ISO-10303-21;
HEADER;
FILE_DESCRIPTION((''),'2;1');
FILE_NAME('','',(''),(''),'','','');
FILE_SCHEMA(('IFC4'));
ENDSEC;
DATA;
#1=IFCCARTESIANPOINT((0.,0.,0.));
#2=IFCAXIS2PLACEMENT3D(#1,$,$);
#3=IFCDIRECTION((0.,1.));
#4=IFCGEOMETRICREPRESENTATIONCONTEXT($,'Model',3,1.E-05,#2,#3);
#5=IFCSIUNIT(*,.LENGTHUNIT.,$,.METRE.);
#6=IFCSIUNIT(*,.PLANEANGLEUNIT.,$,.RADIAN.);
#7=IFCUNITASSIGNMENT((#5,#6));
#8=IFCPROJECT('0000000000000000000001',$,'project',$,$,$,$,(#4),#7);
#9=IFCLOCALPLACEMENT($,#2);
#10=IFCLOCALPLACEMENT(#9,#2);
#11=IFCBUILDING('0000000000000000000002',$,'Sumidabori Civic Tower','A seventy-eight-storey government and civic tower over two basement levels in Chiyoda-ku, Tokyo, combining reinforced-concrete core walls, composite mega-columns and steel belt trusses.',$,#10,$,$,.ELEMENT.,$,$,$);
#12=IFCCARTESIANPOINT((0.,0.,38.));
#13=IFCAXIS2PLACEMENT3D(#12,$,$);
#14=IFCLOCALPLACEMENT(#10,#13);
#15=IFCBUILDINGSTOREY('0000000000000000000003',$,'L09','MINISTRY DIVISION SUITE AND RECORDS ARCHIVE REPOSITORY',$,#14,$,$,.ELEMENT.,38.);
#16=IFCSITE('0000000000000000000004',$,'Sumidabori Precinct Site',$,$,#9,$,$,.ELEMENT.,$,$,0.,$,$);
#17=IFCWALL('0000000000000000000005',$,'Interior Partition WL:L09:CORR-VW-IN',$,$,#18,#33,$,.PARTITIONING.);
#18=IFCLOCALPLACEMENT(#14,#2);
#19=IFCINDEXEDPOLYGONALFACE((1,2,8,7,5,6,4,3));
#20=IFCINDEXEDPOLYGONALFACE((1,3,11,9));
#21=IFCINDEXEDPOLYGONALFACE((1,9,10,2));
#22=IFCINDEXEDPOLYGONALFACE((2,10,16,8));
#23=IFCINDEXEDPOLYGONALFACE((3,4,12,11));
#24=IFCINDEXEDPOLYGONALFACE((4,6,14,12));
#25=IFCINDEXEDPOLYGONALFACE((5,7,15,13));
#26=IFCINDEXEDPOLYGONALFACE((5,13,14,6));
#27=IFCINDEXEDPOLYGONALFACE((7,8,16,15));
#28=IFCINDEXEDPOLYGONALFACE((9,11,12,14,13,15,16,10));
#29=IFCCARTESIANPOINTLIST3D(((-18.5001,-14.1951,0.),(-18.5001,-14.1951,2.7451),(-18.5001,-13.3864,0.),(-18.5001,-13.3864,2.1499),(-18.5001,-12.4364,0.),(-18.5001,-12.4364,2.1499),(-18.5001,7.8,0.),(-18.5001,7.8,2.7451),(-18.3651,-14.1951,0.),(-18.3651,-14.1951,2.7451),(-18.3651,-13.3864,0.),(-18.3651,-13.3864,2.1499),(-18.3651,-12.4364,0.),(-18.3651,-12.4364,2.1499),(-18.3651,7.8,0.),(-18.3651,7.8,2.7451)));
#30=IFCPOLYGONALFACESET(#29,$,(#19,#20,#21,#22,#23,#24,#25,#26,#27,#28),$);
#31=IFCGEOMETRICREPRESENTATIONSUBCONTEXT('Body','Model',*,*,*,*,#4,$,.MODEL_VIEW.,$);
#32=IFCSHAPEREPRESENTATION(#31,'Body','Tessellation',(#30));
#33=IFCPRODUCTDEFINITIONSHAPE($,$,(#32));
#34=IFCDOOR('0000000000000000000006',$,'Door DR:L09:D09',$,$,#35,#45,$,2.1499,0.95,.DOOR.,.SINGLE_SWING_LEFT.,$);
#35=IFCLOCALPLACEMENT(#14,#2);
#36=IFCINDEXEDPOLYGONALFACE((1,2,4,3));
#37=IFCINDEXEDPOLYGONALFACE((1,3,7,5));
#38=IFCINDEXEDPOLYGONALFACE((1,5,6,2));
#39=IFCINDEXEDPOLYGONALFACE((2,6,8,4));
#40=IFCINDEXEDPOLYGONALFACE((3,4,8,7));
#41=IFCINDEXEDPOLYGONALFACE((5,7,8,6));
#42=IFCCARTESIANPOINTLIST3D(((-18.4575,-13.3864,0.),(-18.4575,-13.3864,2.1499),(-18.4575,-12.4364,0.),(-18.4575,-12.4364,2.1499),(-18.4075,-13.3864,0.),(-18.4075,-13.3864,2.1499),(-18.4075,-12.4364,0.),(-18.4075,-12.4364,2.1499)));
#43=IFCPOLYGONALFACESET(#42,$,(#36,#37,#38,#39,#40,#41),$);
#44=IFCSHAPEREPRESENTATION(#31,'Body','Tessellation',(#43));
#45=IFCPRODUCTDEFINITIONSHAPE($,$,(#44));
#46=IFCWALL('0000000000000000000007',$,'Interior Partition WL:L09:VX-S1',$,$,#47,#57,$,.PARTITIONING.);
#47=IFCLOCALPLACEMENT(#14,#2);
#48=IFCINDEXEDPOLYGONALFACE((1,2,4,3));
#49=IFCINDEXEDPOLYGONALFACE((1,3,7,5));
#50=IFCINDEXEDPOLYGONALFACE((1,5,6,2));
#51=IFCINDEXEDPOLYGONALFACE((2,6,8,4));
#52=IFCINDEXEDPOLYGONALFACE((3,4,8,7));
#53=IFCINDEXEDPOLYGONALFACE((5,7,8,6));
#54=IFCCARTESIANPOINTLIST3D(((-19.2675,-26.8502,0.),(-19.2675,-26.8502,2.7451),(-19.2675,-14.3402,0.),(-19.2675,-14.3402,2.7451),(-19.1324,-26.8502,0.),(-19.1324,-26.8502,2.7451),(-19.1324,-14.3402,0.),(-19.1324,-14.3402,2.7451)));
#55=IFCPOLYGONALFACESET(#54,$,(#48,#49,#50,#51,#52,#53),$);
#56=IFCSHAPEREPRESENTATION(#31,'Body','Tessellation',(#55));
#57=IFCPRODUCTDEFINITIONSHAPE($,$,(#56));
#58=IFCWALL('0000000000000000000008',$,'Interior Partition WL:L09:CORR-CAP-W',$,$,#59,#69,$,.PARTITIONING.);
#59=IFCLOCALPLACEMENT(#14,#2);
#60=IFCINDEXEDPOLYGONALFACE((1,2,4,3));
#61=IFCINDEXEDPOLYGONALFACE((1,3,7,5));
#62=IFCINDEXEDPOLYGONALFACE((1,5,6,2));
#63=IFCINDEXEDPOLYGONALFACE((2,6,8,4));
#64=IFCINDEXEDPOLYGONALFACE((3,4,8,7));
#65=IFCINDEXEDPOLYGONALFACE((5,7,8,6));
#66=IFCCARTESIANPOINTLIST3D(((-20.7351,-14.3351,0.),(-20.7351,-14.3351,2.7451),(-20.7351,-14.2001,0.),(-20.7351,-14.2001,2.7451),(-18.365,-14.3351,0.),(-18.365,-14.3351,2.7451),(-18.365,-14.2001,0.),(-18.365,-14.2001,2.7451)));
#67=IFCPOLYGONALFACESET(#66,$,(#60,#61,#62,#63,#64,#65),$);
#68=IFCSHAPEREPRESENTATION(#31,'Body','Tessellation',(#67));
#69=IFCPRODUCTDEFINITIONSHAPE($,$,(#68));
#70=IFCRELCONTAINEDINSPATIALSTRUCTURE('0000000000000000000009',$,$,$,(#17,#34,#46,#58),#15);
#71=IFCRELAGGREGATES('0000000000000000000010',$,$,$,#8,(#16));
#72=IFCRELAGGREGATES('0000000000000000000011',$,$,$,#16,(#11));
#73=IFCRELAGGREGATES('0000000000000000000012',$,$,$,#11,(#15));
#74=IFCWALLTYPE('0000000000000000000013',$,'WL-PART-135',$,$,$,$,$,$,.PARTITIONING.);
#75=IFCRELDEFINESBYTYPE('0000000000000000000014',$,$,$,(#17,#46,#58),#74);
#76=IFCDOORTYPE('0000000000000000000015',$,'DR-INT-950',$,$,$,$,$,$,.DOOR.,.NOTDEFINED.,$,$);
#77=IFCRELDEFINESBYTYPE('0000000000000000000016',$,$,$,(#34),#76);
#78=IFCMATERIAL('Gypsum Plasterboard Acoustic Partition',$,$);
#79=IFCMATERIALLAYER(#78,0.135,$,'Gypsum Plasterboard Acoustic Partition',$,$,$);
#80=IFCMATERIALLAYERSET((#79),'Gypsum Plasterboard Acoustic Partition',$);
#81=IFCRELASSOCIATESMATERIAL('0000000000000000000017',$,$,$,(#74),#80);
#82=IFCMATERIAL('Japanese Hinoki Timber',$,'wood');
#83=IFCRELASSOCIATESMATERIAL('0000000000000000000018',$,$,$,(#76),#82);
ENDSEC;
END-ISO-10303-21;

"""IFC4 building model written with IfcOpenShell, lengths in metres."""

from ifc_helpers import new_model, si_unit, direction, frame, frame_2d, origin, place, context, subcontext, project, spatial, rectangle, extrude, source, transform, mapped, material, layer, layer_set, type_object, element, fill, save


model = new_model("IFC4")

# Units and contexts
model_context = context("Model", 3, precision=1e-05, world=origin(), true_north=direction((0.0, 1.0)))
body_context = subcontext(model_context, "Body", "Model", "MODEL_VIEW")
ifc_project = project(units=[si_unit("LENGTHUNIT", "METRE"), si_unit("PLANEANGLEUNIT", "RADIAN")], contexts=[model_context])

# Site, building, storey
site_placement = place(None, origin())
site = spatial("IfcSite", under=ifc_project, at=site_placement, Name="Sumidabori Precinct Site", CompositionType="ELEMENT", RefElevation=0.0)
building_placement = place(site_placement, origin())
building = spatial("IfcBuilding", under=site, at=building_placement, Name="Sumidabori Civic Tower", Description="A seventy-eight-storey government and civic tower over two basement levels in Chiyoda-ku, Tokyo, combining reinforced-concrete core walls, composite mega-columns and steel belt trusses.", CompositionType="ELEMENT")
storey_placement = place(building_placement, frame((0.0, 0.0, 38.0)))
storey = spatial("IfcBuildingStorey", under=building, at=storey_placement, Name="L09", Description="MINISTRY DIVISION SUITE AND RECORDS ARCHIVE REPOSITORY", CompositionType="ELEMENT", Elevation=38.0)

# Shared definitions
ifc_material_1 = material(Name="Gypsum Plasterboard Acoustic Partition")
ifc_layer_1 = layer(ifc_material_1, 0.135, Name="Gypsum Plasterboard Acoustic Partition")
ifc_layer_set_1 = layer_set([ifc_layer_1], Name="Gypsum Plasterboard Acoustic Partition")
wall_type_1 = type_object("IfcWallType", Name="WL-PART-135", PredefinedType="PARTITIONING", material=ifc_layer_set_1)
ifc_material_2 = material(Name="Japanese Hinoki Timber", Category="wood")
door_type = type_object("IfcDoorType", Name="DR-INT-950", OperationType="NOTDEFINED", PredefinedType="DOOR", material=ifc_material_2)
shared_shape_1 = source(origin(), body_context, "Body", "SweptSolid", [
    extrude(rectangle(XDim=0.95, YDim=2.1499, at=frame_2d((0.4751, 1.075))), frame((0.0, 0.0249, 0.0), z_axis=(0.0, -1.0, 0.0), x_axis=(1.0, 0.0, 0.0)), (0.0, 0.0, 1.0), 0.05),
])

# Wall, opening, door
shared_shape_2 = source(origin(), body_context, "Body", "SweptSolid", [
    extrude(rectangle(XDim=21.9951, YDim=0.135, at=frame_2d((10.9976, 0.0))), origin(), (0.0, 0.0, 1.0), 2.7451),
])
wall_1_placement = place(storey_placement, frame((-18.4326, -14.1951, 0.0), z_axis=(0.0, 0.0, 1.0), x_axis=(0.0, 1.0, 0.0)))
wall_1 = element("IfcWall", 1, at=wall_1_placement, inside=storey, type_object=wall_type_1, Name="Interior Partition WL:L09:CORR-VW-IN", PredefinedType="PARTITIONING", context=body_context, shape_type="MappedRepresentation", body=[
    mapped(shared_shape_2, transform((0.0, 0.0, 0.0), x_axis=(1.0, 0.0, 0.0), y_axis=(0.0, 1.0, 0.0), z_axis=(0.0, 0.0, 1.0), scale=1.0)),
])
opening_1_placement = place(wall_1_placement, frame((0.8086, 0.0, 0.0)))
opening_1 = element("IfcOpeningElement", 2, at=opening_1_placement, cuts=wall_1, PredefinedType="OPENING", context=body_context, shape_type="SweptSolid", body=[
    extrude(rectangle(XDim=0.95, YDim=2.1499, at=frame_2d((0.4751, 1.075))), frame((0.0, 0.0796, 0.0), z_axis=(0.0, -1.0, 0.0), x_axis=(1.0, 0.0, 0.0)), (0.0, 0.0, 1.0), 0.1589),
])
door_1_placement = place(opening_1_placement, origin())
door_1 = element("IfcDoor", 3, at=door_1_placement, inside=storey, type_object=door_type, Name="Door DR:L09:D09", OperationType="SINGLE_SWING_LEFT", OverallHeight=2.1499, OverallWidth=0.95, PredefinedType="DOOR", context=body_context, shape_type="MappedRepresentation", body=[
    mapped(shared_shape_1, transform((0.0, 0.0, 0.0), x_axis=(1.0, 0.0, 0.0), y_axis=(0.0, 1.0, 0.0), z_axis=(0.0, 0.0, 1.0), scale=1.0)),
])
fill(opening_1, door_1)

# Walls
shared_shape_3 = source(origin(), body_context, "Body", "SweptSolid", [
    extrude(rectangle(XDim=12.51, YDim=0.135, at=frame_2d((6.2549, 0.0))), origin(), (0.0, 0.0, 1.0), 2.7451),
])
wall_2_placement = place(storey_placement, frame((-19.2, -26.8501, 0.0), z_axis=(0.0, 0.0, 1.0), x_axis=(0.0, 1.0, 0.0)))
element("IfcWall", 4, at=wall_2_placement, inside=storey, type_object=wall_type_1, Name="Interior Partition WL:L09:VX-S1", PredefinedType="PARTITIONING", context=body_context, shape_type="MappedRepresentation", body=[
    mapped(shared_shape_3, transform((0.0, 0.0, 0.0), x_axis=(1.0, 0.0, 0.0), y_axis=(0.0, 1.0, 0.0), z_axis=(0.0, 0.0, 1.0), scale=1.0)),
])
shared_shape_4 = source(origin(), body_context, "Body", "SweptSolid", [
    extrude(rectangle(XDim=2.3701, YDim=0.135, at=frame_2d((1.1851, 0.0))), origin(), (0.0, 0.0, 1.0), 2.7451),
])
wall_3_placement = place(storey_placement, frame((-20.7351, -14.2676, 0.0), z_axis=(0.0, 0.0, 1.0), x_axis=(1.0, 0.0, 0.0)))
element("IfcWall", 5, at=wall_3_placement, inside=storey, type_object=wall_type_1, Name="Interior Partition WL:L09:CORR-CAP-W", PredefinedType="PARTITIONING", context=body_context, shape_type="MappedRepresentation", body=[
    mapped(shared_shape_4, transform((0.0, 0.0, 0.0), x_axis=(1.0, 0.0, 0.0), y_axis=(0.0, 1.0, 0.0), z_axis=(0.0, 0.0, 1.0), scale=1.0)),
])

save(model, "model.ifc")
